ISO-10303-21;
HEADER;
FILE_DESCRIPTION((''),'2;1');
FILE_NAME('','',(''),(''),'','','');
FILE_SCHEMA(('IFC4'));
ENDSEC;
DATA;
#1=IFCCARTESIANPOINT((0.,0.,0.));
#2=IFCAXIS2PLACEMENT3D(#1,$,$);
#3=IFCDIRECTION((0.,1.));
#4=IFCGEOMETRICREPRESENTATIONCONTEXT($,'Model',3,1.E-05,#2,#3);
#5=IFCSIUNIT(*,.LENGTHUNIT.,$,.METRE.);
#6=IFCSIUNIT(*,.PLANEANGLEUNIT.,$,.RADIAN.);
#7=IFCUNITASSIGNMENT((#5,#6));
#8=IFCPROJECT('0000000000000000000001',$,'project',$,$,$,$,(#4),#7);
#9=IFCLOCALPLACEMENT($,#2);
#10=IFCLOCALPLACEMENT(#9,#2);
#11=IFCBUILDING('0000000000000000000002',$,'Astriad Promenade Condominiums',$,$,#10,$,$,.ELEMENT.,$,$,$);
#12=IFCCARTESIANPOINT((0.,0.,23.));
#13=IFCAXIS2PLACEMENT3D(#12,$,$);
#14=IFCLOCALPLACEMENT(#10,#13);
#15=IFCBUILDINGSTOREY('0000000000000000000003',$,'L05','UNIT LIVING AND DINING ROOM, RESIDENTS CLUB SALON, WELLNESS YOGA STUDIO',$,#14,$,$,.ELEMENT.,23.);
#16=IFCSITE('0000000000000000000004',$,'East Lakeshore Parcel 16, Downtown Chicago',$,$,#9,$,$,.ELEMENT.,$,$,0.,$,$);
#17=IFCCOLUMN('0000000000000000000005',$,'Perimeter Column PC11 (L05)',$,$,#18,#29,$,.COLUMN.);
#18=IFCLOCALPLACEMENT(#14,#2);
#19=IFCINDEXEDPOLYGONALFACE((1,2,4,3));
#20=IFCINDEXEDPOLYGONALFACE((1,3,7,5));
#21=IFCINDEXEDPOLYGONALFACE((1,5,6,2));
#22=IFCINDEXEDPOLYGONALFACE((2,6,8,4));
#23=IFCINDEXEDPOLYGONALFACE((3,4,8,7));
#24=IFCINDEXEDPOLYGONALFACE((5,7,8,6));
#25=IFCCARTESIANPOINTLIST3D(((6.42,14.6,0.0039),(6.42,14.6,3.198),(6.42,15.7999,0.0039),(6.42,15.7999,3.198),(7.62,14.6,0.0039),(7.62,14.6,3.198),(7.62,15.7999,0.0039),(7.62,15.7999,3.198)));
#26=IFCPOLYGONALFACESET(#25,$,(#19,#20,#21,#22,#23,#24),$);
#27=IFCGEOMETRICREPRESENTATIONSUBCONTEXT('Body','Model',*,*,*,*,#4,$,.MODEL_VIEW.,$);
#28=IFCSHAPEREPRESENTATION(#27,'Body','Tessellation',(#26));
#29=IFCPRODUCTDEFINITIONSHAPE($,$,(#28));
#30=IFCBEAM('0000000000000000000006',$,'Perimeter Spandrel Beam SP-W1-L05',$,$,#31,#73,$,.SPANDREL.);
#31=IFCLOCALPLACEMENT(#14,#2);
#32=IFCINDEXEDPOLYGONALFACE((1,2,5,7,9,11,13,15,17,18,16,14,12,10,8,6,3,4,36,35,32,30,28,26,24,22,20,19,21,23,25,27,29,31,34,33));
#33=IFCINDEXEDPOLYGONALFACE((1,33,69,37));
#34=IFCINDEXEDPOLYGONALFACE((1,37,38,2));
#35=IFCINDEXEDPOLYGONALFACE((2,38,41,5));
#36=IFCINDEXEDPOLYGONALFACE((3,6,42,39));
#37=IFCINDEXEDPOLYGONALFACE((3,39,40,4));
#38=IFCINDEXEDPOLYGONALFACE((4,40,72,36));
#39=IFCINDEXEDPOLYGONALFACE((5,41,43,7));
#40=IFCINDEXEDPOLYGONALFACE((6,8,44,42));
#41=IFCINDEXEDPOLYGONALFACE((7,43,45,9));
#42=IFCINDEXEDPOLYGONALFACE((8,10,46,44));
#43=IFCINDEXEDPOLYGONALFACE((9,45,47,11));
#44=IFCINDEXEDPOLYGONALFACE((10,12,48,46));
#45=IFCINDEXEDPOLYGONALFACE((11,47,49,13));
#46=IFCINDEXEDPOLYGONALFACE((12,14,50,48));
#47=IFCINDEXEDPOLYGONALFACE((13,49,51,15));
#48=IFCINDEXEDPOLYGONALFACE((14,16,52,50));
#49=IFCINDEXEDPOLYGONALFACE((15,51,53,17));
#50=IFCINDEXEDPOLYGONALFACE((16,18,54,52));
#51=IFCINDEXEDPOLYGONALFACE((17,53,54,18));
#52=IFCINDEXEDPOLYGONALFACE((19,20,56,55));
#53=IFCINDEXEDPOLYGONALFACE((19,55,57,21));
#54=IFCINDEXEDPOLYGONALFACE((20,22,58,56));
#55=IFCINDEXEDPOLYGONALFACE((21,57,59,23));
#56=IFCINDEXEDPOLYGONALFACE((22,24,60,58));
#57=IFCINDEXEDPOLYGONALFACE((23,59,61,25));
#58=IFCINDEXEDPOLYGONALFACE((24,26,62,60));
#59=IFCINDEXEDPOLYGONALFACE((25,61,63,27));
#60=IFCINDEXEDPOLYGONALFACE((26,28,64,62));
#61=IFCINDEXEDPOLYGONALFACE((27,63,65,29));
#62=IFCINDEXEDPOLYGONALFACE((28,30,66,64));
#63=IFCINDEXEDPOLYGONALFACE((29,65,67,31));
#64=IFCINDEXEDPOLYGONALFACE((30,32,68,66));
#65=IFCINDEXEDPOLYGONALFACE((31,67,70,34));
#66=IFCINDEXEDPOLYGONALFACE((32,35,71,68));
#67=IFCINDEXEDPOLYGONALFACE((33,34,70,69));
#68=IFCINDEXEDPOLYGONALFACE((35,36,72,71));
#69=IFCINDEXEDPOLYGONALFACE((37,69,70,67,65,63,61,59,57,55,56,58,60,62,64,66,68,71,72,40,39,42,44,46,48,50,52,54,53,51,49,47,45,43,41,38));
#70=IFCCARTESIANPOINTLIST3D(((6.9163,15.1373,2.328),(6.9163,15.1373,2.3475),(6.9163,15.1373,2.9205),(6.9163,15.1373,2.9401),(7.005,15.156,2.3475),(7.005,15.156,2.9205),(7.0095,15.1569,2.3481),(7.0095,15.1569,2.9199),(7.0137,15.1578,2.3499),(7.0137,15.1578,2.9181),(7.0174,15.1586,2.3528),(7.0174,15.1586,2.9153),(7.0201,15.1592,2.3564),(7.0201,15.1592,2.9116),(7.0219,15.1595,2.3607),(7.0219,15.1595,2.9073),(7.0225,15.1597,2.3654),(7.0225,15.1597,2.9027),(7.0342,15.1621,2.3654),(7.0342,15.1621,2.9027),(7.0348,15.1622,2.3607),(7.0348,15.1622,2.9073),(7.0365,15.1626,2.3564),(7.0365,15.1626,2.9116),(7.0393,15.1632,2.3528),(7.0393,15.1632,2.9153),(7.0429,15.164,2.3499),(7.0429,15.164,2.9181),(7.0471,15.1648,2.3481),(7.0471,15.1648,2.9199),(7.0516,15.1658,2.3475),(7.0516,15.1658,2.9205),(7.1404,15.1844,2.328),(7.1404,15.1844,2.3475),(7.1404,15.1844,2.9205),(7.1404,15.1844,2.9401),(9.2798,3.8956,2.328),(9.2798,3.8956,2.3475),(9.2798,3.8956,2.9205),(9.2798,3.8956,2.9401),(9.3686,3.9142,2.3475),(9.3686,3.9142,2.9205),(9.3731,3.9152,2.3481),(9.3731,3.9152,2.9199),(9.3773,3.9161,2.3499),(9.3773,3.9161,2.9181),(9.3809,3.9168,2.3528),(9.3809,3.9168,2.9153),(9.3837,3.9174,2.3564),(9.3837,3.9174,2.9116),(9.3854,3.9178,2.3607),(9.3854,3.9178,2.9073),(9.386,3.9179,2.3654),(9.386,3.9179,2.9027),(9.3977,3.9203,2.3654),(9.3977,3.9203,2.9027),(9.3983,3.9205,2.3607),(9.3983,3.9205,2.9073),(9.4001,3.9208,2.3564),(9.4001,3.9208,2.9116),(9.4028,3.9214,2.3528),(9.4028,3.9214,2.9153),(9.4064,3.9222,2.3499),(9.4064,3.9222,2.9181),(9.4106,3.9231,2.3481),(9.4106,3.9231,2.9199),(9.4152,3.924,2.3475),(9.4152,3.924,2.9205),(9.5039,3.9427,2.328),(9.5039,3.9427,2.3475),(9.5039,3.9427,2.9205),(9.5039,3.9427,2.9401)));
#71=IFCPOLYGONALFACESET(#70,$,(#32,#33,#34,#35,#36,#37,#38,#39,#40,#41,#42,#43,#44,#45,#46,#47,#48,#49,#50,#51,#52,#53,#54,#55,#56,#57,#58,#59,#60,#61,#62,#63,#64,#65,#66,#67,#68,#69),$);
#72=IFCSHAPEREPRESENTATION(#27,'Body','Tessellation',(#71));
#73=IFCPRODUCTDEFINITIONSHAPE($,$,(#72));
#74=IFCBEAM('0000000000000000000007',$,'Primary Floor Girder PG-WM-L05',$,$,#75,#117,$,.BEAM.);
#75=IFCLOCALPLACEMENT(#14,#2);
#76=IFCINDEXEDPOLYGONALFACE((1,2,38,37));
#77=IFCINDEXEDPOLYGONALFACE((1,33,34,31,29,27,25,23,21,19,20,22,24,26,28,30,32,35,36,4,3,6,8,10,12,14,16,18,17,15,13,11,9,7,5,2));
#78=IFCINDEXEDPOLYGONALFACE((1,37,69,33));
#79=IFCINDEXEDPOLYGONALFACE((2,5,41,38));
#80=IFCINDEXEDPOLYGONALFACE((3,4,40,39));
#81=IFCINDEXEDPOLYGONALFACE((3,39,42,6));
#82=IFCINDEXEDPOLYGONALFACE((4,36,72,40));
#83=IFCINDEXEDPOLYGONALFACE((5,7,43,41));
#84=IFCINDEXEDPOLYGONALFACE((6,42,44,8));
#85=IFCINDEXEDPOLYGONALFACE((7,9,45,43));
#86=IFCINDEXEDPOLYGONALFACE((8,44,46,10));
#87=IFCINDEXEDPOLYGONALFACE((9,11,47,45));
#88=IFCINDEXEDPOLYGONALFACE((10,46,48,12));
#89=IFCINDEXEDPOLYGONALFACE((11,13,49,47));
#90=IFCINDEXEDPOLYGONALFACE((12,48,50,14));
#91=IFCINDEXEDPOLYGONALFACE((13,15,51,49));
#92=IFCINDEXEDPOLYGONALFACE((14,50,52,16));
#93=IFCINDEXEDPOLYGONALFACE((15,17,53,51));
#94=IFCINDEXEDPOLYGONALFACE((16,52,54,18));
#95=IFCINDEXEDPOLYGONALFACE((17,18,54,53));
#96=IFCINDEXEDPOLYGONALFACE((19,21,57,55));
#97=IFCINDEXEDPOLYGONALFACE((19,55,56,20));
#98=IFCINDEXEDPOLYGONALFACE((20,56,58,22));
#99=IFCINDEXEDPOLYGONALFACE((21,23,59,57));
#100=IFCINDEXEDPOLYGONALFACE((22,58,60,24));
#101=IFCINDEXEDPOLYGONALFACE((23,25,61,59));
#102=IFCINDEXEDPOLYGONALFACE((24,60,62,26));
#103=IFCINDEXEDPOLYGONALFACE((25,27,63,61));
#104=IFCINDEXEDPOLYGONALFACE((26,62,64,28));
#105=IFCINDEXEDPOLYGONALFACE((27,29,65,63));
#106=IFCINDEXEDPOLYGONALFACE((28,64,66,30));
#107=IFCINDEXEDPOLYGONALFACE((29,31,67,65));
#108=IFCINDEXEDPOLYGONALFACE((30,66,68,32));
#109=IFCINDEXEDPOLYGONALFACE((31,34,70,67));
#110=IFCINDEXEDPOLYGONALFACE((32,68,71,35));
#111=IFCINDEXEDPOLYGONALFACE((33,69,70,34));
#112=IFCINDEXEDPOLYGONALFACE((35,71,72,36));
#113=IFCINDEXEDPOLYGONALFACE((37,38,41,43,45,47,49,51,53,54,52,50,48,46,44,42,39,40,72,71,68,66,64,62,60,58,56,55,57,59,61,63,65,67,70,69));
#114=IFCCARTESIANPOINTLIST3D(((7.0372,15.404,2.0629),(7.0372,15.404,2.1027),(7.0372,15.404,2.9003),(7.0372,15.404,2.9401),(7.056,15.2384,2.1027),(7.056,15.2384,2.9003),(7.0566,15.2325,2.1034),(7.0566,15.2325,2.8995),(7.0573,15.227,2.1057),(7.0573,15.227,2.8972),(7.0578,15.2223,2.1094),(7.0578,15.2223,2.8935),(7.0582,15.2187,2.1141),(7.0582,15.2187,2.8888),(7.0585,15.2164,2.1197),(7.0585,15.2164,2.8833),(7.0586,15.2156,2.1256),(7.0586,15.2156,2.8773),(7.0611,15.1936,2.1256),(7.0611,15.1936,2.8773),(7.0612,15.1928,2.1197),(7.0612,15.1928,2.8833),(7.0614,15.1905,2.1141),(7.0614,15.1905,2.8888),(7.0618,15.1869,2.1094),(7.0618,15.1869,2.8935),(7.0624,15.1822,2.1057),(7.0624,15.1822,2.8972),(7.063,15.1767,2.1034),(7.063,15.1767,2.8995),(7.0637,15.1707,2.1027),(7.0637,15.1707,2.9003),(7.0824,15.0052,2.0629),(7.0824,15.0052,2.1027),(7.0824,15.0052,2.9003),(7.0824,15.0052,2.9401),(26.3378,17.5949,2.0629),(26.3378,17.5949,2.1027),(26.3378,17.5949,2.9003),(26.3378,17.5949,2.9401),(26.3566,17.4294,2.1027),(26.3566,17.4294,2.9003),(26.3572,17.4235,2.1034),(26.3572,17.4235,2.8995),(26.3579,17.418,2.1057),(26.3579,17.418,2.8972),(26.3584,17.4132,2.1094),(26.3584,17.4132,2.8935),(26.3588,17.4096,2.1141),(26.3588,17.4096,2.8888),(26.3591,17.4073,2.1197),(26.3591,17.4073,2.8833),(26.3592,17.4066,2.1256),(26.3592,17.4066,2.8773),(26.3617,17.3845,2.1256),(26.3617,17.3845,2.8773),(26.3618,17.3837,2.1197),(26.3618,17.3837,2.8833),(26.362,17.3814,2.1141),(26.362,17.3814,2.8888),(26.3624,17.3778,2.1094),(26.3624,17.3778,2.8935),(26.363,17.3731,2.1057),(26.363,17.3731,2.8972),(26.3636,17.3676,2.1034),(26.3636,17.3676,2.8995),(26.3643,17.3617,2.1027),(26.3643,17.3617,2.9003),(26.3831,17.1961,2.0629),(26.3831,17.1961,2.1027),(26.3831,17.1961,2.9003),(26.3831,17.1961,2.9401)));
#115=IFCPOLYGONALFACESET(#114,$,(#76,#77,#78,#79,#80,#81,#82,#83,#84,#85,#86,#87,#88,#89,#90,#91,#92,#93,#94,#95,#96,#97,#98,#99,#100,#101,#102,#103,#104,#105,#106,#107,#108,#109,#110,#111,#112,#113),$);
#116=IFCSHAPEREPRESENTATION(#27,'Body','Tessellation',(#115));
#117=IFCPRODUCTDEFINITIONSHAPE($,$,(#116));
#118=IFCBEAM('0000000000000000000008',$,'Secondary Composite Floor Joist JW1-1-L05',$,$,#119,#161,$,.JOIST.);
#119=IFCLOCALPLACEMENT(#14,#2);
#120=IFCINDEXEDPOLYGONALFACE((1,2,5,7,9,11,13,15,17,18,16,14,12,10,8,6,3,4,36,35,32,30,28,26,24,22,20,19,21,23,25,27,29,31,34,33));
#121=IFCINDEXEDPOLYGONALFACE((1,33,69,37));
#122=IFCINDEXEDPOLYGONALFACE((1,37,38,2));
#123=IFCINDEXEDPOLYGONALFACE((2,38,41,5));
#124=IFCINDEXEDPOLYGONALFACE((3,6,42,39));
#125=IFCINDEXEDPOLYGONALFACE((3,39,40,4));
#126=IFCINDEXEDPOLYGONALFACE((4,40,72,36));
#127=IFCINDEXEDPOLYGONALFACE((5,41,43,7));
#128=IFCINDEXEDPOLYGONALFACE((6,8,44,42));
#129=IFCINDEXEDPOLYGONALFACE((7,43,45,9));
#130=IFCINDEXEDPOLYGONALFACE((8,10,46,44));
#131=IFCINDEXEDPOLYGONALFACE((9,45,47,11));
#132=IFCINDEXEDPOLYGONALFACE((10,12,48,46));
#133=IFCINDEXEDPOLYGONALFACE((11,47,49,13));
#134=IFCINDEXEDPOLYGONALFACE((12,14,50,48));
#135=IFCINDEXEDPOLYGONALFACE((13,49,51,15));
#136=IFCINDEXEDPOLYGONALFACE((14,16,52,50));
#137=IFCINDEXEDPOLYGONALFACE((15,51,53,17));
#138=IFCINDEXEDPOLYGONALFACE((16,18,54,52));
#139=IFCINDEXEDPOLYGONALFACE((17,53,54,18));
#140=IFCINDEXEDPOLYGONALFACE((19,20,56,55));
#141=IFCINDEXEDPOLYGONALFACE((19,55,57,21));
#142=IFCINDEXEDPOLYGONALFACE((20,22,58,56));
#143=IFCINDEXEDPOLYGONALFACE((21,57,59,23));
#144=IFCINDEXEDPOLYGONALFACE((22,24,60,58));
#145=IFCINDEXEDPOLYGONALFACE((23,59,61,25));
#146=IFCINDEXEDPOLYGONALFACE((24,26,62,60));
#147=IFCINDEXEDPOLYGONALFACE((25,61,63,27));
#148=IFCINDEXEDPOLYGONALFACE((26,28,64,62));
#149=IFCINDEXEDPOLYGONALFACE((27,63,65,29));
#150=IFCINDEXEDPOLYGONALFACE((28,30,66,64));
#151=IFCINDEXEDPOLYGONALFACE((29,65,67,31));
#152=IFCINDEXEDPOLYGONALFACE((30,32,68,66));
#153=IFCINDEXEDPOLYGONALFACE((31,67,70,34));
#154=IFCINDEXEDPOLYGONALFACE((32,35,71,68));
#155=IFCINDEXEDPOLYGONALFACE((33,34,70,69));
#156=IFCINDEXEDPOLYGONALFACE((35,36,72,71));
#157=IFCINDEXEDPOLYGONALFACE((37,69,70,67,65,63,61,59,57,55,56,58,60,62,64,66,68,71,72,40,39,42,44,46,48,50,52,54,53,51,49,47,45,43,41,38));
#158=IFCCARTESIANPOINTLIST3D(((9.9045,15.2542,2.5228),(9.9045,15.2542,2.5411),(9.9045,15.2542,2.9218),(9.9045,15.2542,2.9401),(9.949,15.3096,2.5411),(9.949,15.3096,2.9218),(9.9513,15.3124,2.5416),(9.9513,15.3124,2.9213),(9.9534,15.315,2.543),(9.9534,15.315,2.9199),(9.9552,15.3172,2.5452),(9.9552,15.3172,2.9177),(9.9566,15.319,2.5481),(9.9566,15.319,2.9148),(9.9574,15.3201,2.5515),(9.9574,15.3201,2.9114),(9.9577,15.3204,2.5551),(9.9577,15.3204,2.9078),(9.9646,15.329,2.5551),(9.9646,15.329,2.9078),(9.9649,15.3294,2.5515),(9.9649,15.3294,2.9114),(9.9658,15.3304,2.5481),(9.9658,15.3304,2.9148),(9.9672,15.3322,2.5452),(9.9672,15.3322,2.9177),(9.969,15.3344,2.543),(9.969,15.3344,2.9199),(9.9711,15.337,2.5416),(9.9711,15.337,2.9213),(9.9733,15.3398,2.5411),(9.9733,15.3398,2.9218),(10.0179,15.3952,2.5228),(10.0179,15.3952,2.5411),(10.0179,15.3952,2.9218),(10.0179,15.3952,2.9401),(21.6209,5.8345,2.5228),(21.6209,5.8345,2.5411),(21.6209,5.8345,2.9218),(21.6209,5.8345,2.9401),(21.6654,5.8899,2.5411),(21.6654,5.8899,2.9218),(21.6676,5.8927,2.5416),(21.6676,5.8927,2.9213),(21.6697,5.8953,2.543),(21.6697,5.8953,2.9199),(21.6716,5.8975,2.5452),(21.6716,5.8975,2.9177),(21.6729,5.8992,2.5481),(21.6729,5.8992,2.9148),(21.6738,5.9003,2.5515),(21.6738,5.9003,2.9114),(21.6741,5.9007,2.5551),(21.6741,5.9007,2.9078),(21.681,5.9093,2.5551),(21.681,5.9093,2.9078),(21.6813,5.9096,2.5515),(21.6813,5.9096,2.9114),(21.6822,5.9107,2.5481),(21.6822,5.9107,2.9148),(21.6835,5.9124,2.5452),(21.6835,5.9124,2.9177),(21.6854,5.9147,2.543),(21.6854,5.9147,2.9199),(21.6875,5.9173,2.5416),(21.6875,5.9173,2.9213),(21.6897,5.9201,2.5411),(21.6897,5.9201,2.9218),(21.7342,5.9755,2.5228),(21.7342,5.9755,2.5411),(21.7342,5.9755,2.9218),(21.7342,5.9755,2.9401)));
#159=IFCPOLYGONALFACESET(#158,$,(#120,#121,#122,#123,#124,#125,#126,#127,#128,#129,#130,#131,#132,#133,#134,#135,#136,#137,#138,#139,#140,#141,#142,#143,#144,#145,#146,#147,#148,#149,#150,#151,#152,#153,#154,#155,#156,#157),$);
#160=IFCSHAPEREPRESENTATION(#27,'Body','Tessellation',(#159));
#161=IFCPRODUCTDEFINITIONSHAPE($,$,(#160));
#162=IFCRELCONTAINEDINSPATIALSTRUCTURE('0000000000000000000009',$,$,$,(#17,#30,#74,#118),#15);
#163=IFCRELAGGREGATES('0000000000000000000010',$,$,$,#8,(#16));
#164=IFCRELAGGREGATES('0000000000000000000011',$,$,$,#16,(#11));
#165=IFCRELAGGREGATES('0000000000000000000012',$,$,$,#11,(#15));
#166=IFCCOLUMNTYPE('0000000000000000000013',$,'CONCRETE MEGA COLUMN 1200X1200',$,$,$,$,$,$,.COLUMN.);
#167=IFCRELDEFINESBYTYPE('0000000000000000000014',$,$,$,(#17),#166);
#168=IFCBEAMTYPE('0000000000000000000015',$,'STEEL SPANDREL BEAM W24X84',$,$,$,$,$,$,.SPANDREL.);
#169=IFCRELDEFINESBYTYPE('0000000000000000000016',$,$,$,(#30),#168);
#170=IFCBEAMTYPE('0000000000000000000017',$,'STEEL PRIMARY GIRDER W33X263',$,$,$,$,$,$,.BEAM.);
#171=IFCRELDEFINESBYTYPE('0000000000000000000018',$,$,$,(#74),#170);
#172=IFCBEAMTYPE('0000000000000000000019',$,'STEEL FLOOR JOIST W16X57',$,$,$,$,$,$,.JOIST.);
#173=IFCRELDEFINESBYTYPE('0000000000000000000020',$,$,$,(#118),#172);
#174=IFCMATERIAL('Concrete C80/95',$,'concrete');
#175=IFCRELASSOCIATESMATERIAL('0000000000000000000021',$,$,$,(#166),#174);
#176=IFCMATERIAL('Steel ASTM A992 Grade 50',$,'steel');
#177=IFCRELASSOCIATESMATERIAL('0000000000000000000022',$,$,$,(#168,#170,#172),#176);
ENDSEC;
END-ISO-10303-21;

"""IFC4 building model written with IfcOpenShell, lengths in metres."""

from ifc_helpers import new_model, si_unit, direction, frame, origin, origin_2d, place, context, subcontext, project, spatial, rectangle, i_section, extrude, source, transform, mapped, material, material_profile, profile_set, type_object, type_shapes, element, save


model = new_model("IFC4")

# Units and contexts
model_context = context("Model", 3, precision=1e-05, world=origin(), true_north=direction((0.0, 1.0)))
body_context = subcontext(model_context, "Body", "Model", "MODEL_VIEW")
ifc_project = project(units=[si_unit("LENGTHUNIT", "METRE"), si_unit("PLANEANGLEUNIT", "RADIAN")], contexts=[model_context])

# Site, building, storey
site_placement = place(None, origin())
site = spatial("IfcSite", under=ifc_project, at=site_placement, Name="East Lakeshore Parcel 16, Downtown Chicago", CompositionType="ELEMENT", RefElevation=0.0)
building_placement = place(site_placement, origin())
building = spatial("IfcBuilding", under=site, at=building_placement, Name="Astriad Promenade Condominiums", CompositionType="ELEMENT")
storey_placement = place(building_placement, frame((0.0, 0.0, 23.0)))
storey = spatial("IfcBuildingStorey", under=building, at=storey_placement, Name="L05", Description="UNIT LIVING AND DINING ROOM, RESIDENTS CLUB SALON, WELLNESS YOGA STUDIO", CompositionType="ELEMENT", Elevation=23.0)

# Column
ifc_material_1 = material(Name="Concrete C80/95", Category="concrete")
ifc_material_profile_1 = material_profile(ifc_material_1, rectangle(XDim=1.2, YDim=1.2, at=origin_2d()), Name="RC-COL-1200X1200")
ifc_profile_set_1 = profile_set([ifc_material_profile_1], Name="Concrete C80/95")
column_type = type_object("IfcColumnType", Name="CONCRETE MEGA COLUMN 1200X1200", PredefinedType="COLUMN", material=ifc_profile_set_1)
shared_shape_1 = source(origin(), body_context, "Body", "SweptSolid", [
    extrude(rectangle(XDim=1.2, YDim=1.2, at=origin_2d()), origin(), (0.0, 0.0, 1.0), 3.1941),
])
type_shapes(column_type, [shared_shape_1])
column_placement = place(storey_placement, frame((7.02, 15.2, 0.0039), z_axis=(0.0, 0.0, 1.0), x_axis=(1.0, 0.0, 0.0)))
element("IfcColumn", 1, at=column_placement, inside=storey, type_object=column_type, Name="Perimeter Column PC11 (L05)", PredefinedType="COLUMN", context=body_context, shape_type="MappedRepresentation", body=[
    mapped(shared_shape_1, transform((0.0, 0.0, 0.0), scale=1.0)),
])

# Beams
ifc_material_2 = material(Name="Steel ASTM A992 Grade 50", Category="steel")
ifc_material_profile_2 = material_profile(ifc_material_2, i_section(OverallWidth=0.229, OverallDepth=0.6121, WebThickness=0.012, FlangeThickness=0.0195, FilletRadius=0.0178, at=origin_2d()), Name="W24X84")
ifc_profile_set_2 = profile_set([ifc_material_profile_2], Name="Steel ASTM A992 Grade 50")
beam_type_1 = type_object("IfcBeamType", Name="STEEL SPANDREL BEAM W24X84", PredefinedType="SPANDREL", material=ifc_profile_set_2)
shared_shape_2 = source(origin(), body_context, "Body", "SweptSolid", [
    extrude(i_section(OverallWidth=0.229, OverallDepth=0.6121, WebThickness=0.012, FlangeThickness=0.0195, FilletRadius=0.0178, at=origin_2d()), origin(), (0.0, 0.0, 1.0), 11.4875),
])
type_shapes(beam_type_1, [shared_shape_2])
beam_1_placement = place(storey_placement, frame((7.0283, 15.1609, 2.634), z_axis=(0.205748, -0.978605, 0.0), x_axis=(0.978605, 0.205748, 0.0)))
element("IfcBeam", 2, at=beam_1_placement, inside=storey, type_object=beam_type_1, Name="Perimeter Spandrel Beam SP-W1-L05", PredefinedType="SPANDREL", context=body_context, shape_type="MappedRepresentation", body=[
    mapped(shared_shape_2, transform((0.0, 0.0, 0.0), scale=1.0)),
])
ifc_material_profile_3 = material_profile(ifc_material_2, i_section(OverallWidth=0.4014, OverallDepth=0.8772, WebThickness=0.0222, FlangeThickness=0.0398, FilletRadius=0.0229, at=origin_2d()), Name="W33X263")
ifc_profile_set_3 = profile_set([ifc_material_profile_3], Name="Steel ASTM A992 Grade 50")
beam_type_2 = type_object("IfcBeamType", Name="STEEL PRIMARY GIRDER W33X263", PredefinedType="BEAM", material=ifc_profile_set_3)
shared_shape_3 = source(origin(), body_context, "Body", "SweptSolid", [
    extrude(i_section(OverallWidth=0.4014, OverallDepth=0.8772, WebThickness=0.0222, FlangeThickness=0.0398, FilletRadius=0.0229, at=origin_2d()), origin(), (0.0, 0.0, 1.0), 19.4246),
])
type_shapes(beam_type_2, [shared_shape_3])
beam_2_placement = place(storey_placement, frame((7.0598, 15.2046, 2.5015), z_axis=(0.993619, 0.112792, 0.0), x_axis=(-0.112792, 0.993619, 0.0)))
element("IfcBeam", 3, at=beam_2_placement, inside=storey, type_object=beam_type_2, Name="Primary Floor Girder PG-WM-L05", PredefinedType="BEAM", context=body_context, shape_type="MappedRepresentation", body=[
    mapped(shared_shape_3, transform((0.0, 0.0, 0.0), scale=1.0)),
])
ifc_material_profile_4 = material_profile(ifc_material_2, i_section(OverallWidth=0.1809, OverallDepth=0.4172, WebThickness=0.011, FlangeThickness=0.0183, FilletRadius=0.0139, at=origin_2d()), Name="W16X57")
ifc_profile_set_4 = profile_set([ifc_material_profile_4], Name="Steel ASTM A992 Grade 50")
beam_type_3 = type_object("IfcBeamType", Name="STEEL FLOOR JOIST W16X57", PredefinedType="JOIST", material=ifc_profile_set_4)
shared_shape_4 = source(origin(), body_context, "Body", "SweptSolid", [
    extrude(i_section(OverallWidth=0.1809, OverallDepth=0.4172, WebThickness=0.011, FlangeThickness=0.0183, FilletRadius=0.0139, at=origin_2d()), origin(), (0.0, 0.0, 1.0), 15.0334),
])
beam_3_placement = place(storey_placement, frame((9.9612, 15.3247, 2.7314), z_axis=(0.779353, -0.626585, 0.0), x_axis=(0.626585, 0.779353, 0.0)))
element("IfcBeam", 4, at=beam_3_placement, inside=storey, type_object=beam_type_3, Name="Secondary Composite Floor Joist JW1-1-L05", PredefinedType="JOIST", context=body_context, shape_type="MappedRepresentation", body=[
    mapped(shared_shape_4, transform((0.0, 0.0, 0.0), scale=1.0)),
])

save(model, "model.ifc")
